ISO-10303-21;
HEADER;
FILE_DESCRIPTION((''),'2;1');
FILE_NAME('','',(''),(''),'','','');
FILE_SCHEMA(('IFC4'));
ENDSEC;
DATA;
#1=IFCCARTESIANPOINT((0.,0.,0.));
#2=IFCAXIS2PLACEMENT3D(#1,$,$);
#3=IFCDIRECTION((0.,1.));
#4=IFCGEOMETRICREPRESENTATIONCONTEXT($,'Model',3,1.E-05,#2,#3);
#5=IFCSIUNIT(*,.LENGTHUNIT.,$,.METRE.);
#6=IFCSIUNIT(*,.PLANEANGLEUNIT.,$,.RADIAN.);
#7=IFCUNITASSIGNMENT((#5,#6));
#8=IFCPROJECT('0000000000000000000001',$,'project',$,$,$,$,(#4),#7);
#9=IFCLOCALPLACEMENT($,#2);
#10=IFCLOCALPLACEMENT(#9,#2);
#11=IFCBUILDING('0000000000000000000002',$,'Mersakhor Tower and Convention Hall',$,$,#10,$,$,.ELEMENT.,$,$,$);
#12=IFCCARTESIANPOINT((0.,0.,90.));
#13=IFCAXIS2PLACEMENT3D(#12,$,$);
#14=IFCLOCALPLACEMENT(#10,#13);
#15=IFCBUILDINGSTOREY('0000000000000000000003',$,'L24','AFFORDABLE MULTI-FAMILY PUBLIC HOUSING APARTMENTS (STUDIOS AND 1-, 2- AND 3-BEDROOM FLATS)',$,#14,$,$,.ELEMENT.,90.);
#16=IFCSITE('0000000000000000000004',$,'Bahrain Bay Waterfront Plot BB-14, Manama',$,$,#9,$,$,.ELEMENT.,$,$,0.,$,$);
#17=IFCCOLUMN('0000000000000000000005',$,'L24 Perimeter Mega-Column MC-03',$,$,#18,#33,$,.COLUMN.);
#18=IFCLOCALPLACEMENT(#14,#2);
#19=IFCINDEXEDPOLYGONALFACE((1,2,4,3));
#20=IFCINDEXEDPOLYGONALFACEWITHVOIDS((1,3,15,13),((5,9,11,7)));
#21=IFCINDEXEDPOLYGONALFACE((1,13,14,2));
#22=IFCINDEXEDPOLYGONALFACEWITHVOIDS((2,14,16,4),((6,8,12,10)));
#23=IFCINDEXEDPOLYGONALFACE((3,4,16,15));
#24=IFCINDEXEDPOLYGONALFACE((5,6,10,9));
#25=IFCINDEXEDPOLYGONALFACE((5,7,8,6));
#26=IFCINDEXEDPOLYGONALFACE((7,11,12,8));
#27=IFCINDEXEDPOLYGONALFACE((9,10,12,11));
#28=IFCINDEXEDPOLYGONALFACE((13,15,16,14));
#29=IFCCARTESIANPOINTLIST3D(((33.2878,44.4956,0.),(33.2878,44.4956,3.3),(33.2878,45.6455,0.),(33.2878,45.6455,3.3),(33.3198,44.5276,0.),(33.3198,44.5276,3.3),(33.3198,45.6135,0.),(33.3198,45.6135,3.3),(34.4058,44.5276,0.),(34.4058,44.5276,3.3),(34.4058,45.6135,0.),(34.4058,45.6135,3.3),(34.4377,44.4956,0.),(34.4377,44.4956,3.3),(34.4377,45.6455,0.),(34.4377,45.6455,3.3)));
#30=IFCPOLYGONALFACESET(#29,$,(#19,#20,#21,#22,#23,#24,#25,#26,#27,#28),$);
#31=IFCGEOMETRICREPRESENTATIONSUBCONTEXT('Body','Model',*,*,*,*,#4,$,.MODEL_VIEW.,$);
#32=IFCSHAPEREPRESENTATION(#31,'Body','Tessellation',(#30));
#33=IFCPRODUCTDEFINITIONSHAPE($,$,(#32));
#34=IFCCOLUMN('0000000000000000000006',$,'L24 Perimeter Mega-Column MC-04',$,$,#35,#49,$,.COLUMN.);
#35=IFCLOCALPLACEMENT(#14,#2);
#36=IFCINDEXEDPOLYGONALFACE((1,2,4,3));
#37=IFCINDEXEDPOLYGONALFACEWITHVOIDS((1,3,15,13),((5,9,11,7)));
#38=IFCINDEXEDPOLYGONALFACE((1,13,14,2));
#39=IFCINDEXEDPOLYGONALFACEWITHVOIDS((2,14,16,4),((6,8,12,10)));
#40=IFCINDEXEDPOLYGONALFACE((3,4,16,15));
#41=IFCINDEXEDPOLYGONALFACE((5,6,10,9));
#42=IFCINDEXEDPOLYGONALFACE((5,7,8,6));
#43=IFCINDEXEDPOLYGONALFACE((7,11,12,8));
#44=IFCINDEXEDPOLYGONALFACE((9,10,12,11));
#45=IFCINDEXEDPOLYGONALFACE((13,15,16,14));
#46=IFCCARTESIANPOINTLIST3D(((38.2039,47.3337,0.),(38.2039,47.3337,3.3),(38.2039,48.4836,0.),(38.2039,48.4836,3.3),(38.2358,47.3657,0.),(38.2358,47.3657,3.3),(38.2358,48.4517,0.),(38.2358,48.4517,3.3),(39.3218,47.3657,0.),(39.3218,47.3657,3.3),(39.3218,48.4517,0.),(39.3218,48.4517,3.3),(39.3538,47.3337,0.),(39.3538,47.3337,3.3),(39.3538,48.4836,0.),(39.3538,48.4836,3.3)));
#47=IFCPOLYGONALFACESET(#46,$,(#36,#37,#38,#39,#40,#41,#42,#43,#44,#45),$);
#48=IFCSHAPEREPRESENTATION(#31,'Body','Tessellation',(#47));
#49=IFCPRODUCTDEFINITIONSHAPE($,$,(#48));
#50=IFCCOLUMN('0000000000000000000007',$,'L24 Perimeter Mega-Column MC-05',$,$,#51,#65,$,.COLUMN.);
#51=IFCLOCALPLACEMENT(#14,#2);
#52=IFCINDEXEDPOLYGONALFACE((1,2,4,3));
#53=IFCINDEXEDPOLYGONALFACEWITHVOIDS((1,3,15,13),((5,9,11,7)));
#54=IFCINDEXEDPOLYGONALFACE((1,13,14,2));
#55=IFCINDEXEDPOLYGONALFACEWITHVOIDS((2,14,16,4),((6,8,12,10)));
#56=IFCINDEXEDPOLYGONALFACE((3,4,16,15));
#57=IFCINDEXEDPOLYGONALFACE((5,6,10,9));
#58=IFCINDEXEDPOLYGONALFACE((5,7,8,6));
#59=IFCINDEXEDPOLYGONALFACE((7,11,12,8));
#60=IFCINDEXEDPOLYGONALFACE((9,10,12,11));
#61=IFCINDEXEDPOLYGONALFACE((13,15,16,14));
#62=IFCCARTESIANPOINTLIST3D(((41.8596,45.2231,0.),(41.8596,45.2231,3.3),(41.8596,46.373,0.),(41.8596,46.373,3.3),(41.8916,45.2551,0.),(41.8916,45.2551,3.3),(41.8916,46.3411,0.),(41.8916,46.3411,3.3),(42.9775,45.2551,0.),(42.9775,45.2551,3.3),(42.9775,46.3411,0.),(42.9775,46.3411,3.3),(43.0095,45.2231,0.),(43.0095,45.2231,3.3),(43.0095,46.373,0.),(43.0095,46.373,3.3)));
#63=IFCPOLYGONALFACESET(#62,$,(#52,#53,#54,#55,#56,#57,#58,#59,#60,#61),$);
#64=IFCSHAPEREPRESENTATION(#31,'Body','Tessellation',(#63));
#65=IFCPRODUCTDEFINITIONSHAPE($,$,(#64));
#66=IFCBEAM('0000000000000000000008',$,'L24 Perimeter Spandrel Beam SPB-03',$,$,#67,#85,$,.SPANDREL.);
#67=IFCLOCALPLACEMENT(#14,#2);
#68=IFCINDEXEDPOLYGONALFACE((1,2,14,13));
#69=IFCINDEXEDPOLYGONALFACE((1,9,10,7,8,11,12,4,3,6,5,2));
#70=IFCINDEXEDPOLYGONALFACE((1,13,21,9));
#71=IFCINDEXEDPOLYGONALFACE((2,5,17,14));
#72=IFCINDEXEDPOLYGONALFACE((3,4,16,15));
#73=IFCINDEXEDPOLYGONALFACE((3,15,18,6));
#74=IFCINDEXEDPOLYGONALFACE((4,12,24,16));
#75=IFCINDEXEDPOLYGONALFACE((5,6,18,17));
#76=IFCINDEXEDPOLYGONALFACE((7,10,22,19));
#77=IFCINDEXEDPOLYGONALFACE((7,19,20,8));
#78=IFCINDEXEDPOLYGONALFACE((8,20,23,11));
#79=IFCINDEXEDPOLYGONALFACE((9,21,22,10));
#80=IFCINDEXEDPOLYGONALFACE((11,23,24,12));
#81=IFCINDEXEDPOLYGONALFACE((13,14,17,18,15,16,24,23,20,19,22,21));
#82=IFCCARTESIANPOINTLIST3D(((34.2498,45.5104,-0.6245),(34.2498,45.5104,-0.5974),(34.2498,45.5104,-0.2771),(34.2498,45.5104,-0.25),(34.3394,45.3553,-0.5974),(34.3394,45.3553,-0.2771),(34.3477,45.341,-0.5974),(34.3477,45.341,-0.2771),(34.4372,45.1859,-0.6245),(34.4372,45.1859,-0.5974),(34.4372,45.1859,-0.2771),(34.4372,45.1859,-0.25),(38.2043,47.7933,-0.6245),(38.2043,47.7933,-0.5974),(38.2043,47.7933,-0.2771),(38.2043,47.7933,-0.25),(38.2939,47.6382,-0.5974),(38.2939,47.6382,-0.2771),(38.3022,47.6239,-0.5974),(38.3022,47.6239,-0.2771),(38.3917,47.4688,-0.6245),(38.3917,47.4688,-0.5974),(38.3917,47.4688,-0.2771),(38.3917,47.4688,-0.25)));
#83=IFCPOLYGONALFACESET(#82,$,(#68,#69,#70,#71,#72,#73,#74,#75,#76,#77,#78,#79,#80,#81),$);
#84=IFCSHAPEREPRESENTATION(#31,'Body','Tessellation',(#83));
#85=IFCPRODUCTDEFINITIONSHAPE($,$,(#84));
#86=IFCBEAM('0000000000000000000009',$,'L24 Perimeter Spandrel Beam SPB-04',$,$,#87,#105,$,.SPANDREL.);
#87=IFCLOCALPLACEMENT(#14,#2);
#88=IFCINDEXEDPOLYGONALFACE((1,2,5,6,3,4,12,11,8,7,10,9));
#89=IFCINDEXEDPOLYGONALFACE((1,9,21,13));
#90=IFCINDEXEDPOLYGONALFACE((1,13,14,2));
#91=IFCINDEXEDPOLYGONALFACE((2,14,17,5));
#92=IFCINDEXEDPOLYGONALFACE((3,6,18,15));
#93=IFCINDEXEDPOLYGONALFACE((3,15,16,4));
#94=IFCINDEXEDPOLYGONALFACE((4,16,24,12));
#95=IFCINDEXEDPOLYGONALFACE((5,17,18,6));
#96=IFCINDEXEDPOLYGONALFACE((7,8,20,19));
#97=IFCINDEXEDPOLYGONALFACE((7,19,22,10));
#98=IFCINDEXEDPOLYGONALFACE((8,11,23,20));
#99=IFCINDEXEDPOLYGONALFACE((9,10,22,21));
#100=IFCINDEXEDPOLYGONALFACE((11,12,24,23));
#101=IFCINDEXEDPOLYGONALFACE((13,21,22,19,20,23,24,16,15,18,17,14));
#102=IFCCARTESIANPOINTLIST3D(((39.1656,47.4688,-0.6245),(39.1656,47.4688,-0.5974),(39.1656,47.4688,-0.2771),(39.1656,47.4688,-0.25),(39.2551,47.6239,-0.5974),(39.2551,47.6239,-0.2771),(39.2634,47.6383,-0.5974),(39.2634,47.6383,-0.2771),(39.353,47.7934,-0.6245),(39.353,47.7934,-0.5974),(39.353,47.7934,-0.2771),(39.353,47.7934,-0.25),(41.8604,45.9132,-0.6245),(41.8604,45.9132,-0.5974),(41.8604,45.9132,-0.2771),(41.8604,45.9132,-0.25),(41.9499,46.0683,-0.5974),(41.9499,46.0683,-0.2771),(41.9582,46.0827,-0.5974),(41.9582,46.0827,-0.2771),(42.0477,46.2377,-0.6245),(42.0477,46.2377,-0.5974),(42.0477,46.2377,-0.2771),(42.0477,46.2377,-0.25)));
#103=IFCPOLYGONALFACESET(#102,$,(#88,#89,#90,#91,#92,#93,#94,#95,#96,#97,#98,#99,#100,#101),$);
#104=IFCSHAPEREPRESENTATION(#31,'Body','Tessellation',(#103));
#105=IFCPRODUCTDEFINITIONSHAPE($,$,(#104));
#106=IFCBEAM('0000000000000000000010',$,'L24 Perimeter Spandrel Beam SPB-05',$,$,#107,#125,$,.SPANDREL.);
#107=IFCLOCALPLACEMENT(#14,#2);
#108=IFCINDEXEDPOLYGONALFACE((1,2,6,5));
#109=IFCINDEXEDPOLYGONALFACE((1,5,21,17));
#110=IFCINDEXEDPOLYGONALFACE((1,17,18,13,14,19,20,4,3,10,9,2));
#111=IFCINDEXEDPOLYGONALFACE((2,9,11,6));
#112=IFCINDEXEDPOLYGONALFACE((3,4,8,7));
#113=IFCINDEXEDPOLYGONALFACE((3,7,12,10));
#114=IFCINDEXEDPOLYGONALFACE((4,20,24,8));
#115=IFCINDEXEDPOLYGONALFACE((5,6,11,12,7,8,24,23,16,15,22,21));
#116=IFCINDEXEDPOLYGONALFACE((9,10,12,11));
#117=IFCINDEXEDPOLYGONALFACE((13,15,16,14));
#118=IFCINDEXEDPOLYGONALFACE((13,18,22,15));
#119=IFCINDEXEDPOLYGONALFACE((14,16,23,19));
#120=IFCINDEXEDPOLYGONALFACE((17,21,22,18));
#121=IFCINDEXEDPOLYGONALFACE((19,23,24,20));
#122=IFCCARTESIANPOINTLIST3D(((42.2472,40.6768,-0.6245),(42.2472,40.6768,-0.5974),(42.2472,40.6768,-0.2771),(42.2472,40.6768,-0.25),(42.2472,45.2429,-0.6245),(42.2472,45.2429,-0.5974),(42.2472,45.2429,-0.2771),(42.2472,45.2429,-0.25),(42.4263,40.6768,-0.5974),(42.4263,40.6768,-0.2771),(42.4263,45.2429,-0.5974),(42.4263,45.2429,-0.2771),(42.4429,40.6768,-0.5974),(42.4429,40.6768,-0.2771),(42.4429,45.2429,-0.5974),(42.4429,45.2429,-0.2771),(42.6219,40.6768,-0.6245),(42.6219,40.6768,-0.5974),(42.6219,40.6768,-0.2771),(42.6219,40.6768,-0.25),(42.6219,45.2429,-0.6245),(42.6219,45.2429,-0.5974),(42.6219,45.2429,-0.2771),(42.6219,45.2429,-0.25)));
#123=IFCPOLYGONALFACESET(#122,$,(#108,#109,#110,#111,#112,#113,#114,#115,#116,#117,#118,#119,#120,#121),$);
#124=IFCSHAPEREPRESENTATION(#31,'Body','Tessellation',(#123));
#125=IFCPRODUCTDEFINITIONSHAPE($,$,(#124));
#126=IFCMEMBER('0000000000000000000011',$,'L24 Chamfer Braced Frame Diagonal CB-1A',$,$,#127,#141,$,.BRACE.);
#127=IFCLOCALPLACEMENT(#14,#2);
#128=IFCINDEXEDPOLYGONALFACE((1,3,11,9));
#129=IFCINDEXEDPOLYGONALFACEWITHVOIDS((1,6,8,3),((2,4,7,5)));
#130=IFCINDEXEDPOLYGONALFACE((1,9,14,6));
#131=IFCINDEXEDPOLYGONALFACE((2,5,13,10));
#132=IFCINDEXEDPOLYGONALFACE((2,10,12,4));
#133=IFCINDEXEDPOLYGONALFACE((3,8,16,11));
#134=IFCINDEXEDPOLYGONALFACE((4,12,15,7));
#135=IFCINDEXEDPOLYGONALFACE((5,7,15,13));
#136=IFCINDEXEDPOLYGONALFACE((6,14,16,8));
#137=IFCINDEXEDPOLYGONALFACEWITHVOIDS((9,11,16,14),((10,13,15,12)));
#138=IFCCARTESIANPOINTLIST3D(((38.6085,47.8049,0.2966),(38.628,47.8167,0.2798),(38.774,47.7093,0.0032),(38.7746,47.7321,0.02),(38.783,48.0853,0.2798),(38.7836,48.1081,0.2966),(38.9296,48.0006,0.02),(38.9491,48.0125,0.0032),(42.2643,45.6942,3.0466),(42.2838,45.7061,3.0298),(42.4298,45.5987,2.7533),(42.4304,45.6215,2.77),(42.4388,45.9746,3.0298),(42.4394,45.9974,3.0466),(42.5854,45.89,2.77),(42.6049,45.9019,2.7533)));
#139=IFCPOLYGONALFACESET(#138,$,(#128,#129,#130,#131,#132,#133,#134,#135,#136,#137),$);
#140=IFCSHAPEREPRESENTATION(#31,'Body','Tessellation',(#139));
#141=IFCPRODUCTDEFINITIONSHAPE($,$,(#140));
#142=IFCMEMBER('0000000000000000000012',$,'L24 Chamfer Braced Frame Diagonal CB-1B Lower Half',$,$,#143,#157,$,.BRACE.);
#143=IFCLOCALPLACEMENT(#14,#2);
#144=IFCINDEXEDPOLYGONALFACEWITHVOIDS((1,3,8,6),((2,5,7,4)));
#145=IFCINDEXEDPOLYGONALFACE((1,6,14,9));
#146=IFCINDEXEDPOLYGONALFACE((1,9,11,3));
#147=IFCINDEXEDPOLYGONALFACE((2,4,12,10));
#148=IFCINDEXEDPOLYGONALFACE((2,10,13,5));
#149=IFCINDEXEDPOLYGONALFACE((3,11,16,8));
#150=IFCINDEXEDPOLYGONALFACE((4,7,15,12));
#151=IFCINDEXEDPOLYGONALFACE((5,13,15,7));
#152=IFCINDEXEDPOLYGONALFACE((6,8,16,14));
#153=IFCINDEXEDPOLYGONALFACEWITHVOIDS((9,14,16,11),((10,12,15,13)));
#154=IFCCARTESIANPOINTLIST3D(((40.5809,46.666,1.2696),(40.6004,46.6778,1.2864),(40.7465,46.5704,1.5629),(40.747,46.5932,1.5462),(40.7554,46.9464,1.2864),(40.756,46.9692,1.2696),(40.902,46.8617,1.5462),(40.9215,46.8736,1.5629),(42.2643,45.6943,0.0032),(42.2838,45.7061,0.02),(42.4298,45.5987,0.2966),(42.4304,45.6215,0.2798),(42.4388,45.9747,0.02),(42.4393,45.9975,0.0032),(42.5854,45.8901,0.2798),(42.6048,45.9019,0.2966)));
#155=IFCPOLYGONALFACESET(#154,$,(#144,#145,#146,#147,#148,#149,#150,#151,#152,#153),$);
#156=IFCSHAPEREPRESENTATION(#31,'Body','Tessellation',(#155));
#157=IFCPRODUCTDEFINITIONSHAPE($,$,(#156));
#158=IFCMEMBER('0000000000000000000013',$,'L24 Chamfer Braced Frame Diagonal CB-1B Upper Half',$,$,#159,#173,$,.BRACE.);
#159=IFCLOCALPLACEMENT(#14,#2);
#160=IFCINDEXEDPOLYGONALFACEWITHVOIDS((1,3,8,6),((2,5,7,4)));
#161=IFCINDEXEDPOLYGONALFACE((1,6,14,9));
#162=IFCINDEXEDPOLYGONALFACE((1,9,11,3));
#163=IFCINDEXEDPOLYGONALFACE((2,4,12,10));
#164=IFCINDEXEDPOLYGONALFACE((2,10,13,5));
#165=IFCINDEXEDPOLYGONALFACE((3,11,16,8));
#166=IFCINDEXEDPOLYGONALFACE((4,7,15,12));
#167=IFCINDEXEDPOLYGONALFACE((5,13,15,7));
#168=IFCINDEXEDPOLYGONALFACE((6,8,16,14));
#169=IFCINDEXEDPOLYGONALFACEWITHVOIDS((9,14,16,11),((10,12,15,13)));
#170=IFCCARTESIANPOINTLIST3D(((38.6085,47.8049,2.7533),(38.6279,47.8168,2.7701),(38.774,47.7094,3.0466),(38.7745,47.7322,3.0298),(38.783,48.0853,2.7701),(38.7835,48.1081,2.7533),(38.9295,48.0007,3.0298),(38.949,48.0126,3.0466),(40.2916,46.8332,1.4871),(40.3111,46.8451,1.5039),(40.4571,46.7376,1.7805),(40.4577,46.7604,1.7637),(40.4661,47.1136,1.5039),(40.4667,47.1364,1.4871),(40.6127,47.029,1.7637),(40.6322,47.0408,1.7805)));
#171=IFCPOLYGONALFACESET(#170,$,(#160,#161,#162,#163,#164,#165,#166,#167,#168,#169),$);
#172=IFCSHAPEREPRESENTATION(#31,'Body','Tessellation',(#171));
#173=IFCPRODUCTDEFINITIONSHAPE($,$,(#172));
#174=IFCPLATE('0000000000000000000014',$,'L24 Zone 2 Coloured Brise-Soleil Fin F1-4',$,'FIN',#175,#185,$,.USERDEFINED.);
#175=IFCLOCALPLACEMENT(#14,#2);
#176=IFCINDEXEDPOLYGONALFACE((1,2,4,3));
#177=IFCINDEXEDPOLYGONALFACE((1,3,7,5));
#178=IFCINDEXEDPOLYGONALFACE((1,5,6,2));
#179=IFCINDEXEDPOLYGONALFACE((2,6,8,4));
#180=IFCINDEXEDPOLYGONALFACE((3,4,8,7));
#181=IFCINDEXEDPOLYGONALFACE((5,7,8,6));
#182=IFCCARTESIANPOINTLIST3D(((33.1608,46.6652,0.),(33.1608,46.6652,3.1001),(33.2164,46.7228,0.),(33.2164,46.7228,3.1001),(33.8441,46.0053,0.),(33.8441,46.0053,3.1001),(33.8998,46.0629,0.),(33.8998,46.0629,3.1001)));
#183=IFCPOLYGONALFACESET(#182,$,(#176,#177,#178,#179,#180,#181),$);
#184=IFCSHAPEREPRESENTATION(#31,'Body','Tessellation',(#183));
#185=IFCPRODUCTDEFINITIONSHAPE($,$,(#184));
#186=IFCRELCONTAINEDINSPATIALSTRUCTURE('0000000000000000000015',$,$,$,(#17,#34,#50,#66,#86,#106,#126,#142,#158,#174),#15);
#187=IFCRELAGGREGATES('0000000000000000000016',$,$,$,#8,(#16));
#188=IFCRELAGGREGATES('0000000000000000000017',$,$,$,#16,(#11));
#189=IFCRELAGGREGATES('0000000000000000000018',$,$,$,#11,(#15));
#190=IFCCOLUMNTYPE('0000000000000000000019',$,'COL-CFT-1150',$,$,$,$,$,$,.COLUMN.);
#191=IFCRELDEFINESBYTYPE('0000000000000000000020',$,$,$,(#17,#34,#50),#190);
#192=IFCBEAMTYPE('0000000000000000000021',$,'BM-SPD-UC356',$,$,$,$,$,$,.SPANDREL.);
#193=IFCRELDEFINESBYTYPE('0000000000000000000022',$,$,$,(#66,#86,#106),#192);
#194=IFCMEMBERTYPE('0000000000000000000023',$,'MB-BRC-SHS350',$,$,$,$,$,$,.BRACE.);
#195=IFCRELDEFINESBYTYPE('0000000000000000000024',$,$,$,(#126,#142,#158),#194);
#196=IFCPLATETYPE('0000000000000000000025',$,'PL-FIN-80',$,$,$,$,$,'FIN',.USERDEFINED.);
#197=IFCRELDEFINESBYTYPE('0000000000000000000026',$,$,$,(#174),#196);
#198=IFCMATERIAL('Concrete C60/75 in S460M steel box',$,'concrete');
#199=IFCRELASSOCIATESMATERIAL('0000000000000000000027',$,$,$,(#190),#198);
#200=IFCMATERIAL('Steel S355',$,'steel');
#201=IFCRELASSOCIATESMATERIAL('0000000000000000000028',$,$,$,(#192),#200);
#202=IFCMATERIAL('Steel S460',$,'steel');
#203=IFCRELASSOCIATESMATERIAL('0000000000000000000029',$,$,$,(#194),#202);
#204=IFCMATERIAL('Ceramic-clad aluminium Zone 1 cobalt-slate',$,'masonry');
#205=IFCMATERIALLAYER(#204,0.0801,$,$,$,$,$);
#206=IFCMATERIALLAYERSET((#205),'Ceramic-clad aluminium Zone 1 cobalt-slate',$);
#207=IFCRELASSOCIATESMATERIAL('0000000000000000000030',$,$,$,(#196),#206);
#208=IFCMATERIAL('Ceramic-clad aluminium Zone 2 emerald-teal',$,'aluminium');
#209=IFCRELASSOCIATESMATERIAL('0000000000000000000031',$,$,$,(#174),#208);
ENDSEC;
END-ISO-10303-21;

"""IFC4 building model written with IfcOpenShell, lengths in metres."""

from ifc_helpers import new_model, si_unit, direction, frame, origin, origin_2d, place, context, subcontext, project, spatial, rectangle, hollow_rectangle, i_section, extrude, material, layer, layer_set, material_profile, profile_set, type_object, element, save


model = new_model("IFC4")

# Units and contexts
model_context = context("Model", 3, precision=1e-05, world=origin(), true_north=direction((0.0, 1.0)))
body_context = subcontext(model_context, "Body", "Model", "MODEL_VIEW")
ifc_project = project(units=[si_unit("LENGTHUNIT", "METRE"), si_unit("PLANEANGLEUNIT", "RADIAN")], contexts=[model_context])

# Site, building, storey
site_placement = place(None, origin())
site = spatial("IfcSite", under=ifc_project, at=site_placement, Name="Bahrain Bay Waterfront Plot BB-14, Manama", CompositionType="ELEMENT", RefElevation=0.0)
building_placement = place(site_placement, origin())
building = spatial("IfcBuilding", under=site, at=building_placement, Name="Mersakhor Tower and Convention Hall", CompositionType="ELEMENT")
storey_placement = place(building_placement, frame((0.0, 0.0, 90.0)))
storey = spatial("IfcBuildingStorey", under=building, at=storey_placement, Name="L24", Description="AFFORDABLE MULTI-FAMILY PUBLIC HOUSING APARTMENTS (STUDIOS AND 1-, 2- AND 3-BEDROOM FLATS)", CompositionType="ELEMENT", Elevation=90.0)

# Columns
ifc_material_1 = material(Name="Concrete C60/75 in S460M steel box", Category="concrete")
ifc_material_profile_1 = material_profile(ifc_material_1, hollow_rectangle(XDim=1.1499, YDim=1.1499, WallThickness=0.032, at=origin_2d()), Name="SHS 1150x1150x32")
ifc_profile_set_1 = profile_set([ifc_material_profile_1], Name="Concrete C60/75 in S460M steel box")
column_type = type_object("IfcColumnType", Name="COL-CFT-1150", PredefinedType="COLUMN", material=ifc_profile_set_1)
for number, where, z_axis, x_axis, name in (
    (1, (33.8628, 45.0706, 0.0), (0.0, 0.0, 1.0), (1.0, 0.0, 0.0), "L24 Perimeter Mega-Column MC-03"),
    (2, (38.7788, 47.9087, 0.0), (0.0, 0.0, 1.0), (1.0, 0.0, 0.0), "L24 Perimeter Mega-Column MC-04"),
    (3, (42.4346, 45.7981, 0.0), (0.0, 0.0, 1.0), (1.0, 0.0, 0.0), "L24 Perimeter Mega-Column MC-05"),
):
    element("IfcColumn", number, at=place(storey_placement, frame(where, z_axis=z_axis, x_axis=x_axis)), inside=storey, type_object=column_type, Name=name, PredefinedType="COLUMN", context=body_context, shape_type="SweptSolid", body=[
        extrude(hollow_rectangle(XDim=1.1499, YDim=1.1499, WallThickness=0.032, at=origin_2d()), origin(), (0.0, 0.0, 1.0), 3.3),
    ])

# Beams
ifc_material_2 = material(Name="Steel S355", Category="steel")
ifc_material_profile_2 = material_profile(ifc_material_2, i_section(OverallWidth=0.3748, OverallDepth=0.3745, WebThickness=0.0166, FlangeThickness=0.0271, at=origin_2d()), Name="UC 356x368x202")
ifc_profile_set_2 = profile_set([ifc_material_profile_2], Name="Steel S355")
beam_type = type_object("IfcBeamType", Name="BM-SPD-UC356", PredefinedType="SPANDREL", material=ifc_profile_set_2)
beam_1_placement = place(storey_placement, frame((34.3435, 45.3481, -0.4373), z_axis=(0.866047, 0.499963, 0.0), x_axis=(-0.499963, 0.866047, 0.0)))
element("IfcBeam", 4, at=beam_1_placement, inside=storey, type_object=beam_type, Name="L24 Perimeter Spandrel Beam SPB-03", PredefinedType="SPANDREL", context=body_context, shape_type="SweptSolid", body=[
    extrude(i_section(OverallWidth=0.3748, OverallDepth=0.3745, WebThickness=0.0166, FlangeThickness=0.0271, at=origin_2d()), origin(), (0.0, 0.0, 1.0), 4.5662),
])
beam_2_placement = place(storey_placement, frame((39.2593, 47.6311, -0.4373), z_axis=(0.866052, -0.499953, 0.0), x_axis=(0.499953, 0.866052, 0.0)))
element("IfcBeam", 5, at=beam_2_placement, inside=storey, type_object=beam_type, Name="L24 Perimeter Spandrel Beam SPB-04", PredefinedType="SPANDREL", context=body_context, shape_type="SweptSolid", body=[
    extrude(i_section(OverallWidth=0.3748, OverallDepth=0.3745, WebThickness=0.0166, FlangeThickness=0.0271, at=origin_2d()), origin(), (0.0, 0.0, 1.0), 3.1116),
])
beam_3_placement = place(storey_placement, frame((42.4346, 45.2429, -0.4373), z_axis=(0.0, -1.0, 0.0), x_axis=(1.0, 0.0, 0.0)))
element("IfcBeam", 6, at=beam_3_placement, inside=storey, type_object=beam_type, Name="L24 Perimeter Spandrel Beam SPB-05", PredefinedType="SPANDREL", context=body_context, shape_type="SweptSolid", body=[
    extrude(i_section(OverallWidth=0.3748, OverallDepth=0.3745, WebThickness=0.0166, FlangeThickness=0.0271, at=origin_2d()), origin(), (0.0, 0.0, 1.0), 4.5662),
])

# Members
ifc_material_3 = material(Name="Steel S460", Category="steel")
ifc_material_profile_3 = material_profile(ifc_material_3, hollow_rectangle(XDim=0.3501, YDim=0.3501, WallThickness=0.02, at=origin_2d()), Name="SHS 350x350x20")
ifc_profile_set_3 = profile_set([ifc_material_profile_3], Name="Steel S460")
member_type = type_object("IfcMemberType", Name="MB-BRC-SHS350", PredefinedType="BRACE", material=ifc_profile_set_3)
member_1_placement = place(storey_placement, frame((38.7788, 47.9087, 0.1499), z_axis=(0.725634, -0.418933, 0.545849), x_axis=(0.499989, 0.866031, 0.0)))
element("IfcMember", 7, at=member_1_placement, inside=storey, type_object=member_type, Name="L24 Chamfer Braced Frame Diagonal CB-1A", PredefinedType="BRACE", context=body_context, shape_type="SweptSolid", body=[
    extrude(hollow_rectangle(XDim=0.3501, YDim=0.3501, WallThickness=0.02, at=origin_2d()), origin(), (0.0, 0.0, 1.0), 5.0381),
])
member_2_placement = place(storey_placement, frame((42.4346, 45.7981, 0.1499), z_axis=(-0.725643, 0.418863, 0.54589), x_axis=(-0.499922, -0.866071, 0.0)))
element("IfcMember", 8, at=member_2_placement, inside=storey, type_object=member_type, Name="L24 Chamfer Braced Frame Diagonal CB-1B Lower Half", PredefinedType="BRACE", context=body_context, shape_type="SweptSolid", body=[
    extrude(hollow_rectangle(XDim=0.3501, YDim=0.3501, WallThickness=0.02, at=origin_2d()), origin(), (0.0, 0.0, 1.0), 2.3198),
])
member_3_placement = place(storey_placement, frame((40.4619, 46.937, 1.6338), z_axis=(-0.725635, 0.418919, 0.545858), x_axis=(-0.499976, -0.866039, 0.0)))
element("IfcMember", 9, at=member_3_placement, inside=storey, type_object=member_type, Name="L24 Chamfer Braced Frame Diagonal CB-1B Upper Half", PredefinedType="BRACE", context=body_context, shape_type="SweptSolid", body=[
    extrude(hollow_rectangle(XDim=0.3501, YDim=0.3501, WallThickness=0.02, at=origin_2d()), origin(), (0.0, 0.0, 1.0), 2.3196),
])

# Plate
ifc_material_4 = material(Name="Ceramic-clad aluminium Zone 2 emerald-teal", Category="aluminium")
ifc_material_5 = material(Name="Ceramic-clad aluminium Zone 1 cobalt-slate", Category="masonry")
ifc_layer_1 = layer(ifc_material_5, 0.0801)
ifc_layer_set_1 = layer_set([ifc_layer_1], Name="Ceramic-clad aluminium Zone 1 cobalt-slate")
plate_type_1 = type_object("IfcPlateType", Name="PL-FIN-80", ElementType="FIN", PredefinedType="USERDEFINED", material=ifc_layer_set_1)
plate_1_placement = place(storey_placement, frame((33.5303, 46.364, 0.0), z_axis=(0.0, 0.0, 1.0), x_axis=(-0.71934, 0.694658, 0.0)))
element("IfcPlate", 10, at=plate_1_placement, inside=storey, type_object=plate_type_1, material=ifc_material_4, Name="L24 Zone 2 Coloured Brise-Soleil Fin F1-4", ObjectType="FIN", PredefinedType="USERDEFINED", context=body_context, shape_type="SweptSolid", body=[
    extrude(rectangle(XDim=0.95, YDim=0.0801, at=origin_2d()), origin(), (0.0, 0.0, 1.0), 3.1001),
])

save(model, "model.ifc")
